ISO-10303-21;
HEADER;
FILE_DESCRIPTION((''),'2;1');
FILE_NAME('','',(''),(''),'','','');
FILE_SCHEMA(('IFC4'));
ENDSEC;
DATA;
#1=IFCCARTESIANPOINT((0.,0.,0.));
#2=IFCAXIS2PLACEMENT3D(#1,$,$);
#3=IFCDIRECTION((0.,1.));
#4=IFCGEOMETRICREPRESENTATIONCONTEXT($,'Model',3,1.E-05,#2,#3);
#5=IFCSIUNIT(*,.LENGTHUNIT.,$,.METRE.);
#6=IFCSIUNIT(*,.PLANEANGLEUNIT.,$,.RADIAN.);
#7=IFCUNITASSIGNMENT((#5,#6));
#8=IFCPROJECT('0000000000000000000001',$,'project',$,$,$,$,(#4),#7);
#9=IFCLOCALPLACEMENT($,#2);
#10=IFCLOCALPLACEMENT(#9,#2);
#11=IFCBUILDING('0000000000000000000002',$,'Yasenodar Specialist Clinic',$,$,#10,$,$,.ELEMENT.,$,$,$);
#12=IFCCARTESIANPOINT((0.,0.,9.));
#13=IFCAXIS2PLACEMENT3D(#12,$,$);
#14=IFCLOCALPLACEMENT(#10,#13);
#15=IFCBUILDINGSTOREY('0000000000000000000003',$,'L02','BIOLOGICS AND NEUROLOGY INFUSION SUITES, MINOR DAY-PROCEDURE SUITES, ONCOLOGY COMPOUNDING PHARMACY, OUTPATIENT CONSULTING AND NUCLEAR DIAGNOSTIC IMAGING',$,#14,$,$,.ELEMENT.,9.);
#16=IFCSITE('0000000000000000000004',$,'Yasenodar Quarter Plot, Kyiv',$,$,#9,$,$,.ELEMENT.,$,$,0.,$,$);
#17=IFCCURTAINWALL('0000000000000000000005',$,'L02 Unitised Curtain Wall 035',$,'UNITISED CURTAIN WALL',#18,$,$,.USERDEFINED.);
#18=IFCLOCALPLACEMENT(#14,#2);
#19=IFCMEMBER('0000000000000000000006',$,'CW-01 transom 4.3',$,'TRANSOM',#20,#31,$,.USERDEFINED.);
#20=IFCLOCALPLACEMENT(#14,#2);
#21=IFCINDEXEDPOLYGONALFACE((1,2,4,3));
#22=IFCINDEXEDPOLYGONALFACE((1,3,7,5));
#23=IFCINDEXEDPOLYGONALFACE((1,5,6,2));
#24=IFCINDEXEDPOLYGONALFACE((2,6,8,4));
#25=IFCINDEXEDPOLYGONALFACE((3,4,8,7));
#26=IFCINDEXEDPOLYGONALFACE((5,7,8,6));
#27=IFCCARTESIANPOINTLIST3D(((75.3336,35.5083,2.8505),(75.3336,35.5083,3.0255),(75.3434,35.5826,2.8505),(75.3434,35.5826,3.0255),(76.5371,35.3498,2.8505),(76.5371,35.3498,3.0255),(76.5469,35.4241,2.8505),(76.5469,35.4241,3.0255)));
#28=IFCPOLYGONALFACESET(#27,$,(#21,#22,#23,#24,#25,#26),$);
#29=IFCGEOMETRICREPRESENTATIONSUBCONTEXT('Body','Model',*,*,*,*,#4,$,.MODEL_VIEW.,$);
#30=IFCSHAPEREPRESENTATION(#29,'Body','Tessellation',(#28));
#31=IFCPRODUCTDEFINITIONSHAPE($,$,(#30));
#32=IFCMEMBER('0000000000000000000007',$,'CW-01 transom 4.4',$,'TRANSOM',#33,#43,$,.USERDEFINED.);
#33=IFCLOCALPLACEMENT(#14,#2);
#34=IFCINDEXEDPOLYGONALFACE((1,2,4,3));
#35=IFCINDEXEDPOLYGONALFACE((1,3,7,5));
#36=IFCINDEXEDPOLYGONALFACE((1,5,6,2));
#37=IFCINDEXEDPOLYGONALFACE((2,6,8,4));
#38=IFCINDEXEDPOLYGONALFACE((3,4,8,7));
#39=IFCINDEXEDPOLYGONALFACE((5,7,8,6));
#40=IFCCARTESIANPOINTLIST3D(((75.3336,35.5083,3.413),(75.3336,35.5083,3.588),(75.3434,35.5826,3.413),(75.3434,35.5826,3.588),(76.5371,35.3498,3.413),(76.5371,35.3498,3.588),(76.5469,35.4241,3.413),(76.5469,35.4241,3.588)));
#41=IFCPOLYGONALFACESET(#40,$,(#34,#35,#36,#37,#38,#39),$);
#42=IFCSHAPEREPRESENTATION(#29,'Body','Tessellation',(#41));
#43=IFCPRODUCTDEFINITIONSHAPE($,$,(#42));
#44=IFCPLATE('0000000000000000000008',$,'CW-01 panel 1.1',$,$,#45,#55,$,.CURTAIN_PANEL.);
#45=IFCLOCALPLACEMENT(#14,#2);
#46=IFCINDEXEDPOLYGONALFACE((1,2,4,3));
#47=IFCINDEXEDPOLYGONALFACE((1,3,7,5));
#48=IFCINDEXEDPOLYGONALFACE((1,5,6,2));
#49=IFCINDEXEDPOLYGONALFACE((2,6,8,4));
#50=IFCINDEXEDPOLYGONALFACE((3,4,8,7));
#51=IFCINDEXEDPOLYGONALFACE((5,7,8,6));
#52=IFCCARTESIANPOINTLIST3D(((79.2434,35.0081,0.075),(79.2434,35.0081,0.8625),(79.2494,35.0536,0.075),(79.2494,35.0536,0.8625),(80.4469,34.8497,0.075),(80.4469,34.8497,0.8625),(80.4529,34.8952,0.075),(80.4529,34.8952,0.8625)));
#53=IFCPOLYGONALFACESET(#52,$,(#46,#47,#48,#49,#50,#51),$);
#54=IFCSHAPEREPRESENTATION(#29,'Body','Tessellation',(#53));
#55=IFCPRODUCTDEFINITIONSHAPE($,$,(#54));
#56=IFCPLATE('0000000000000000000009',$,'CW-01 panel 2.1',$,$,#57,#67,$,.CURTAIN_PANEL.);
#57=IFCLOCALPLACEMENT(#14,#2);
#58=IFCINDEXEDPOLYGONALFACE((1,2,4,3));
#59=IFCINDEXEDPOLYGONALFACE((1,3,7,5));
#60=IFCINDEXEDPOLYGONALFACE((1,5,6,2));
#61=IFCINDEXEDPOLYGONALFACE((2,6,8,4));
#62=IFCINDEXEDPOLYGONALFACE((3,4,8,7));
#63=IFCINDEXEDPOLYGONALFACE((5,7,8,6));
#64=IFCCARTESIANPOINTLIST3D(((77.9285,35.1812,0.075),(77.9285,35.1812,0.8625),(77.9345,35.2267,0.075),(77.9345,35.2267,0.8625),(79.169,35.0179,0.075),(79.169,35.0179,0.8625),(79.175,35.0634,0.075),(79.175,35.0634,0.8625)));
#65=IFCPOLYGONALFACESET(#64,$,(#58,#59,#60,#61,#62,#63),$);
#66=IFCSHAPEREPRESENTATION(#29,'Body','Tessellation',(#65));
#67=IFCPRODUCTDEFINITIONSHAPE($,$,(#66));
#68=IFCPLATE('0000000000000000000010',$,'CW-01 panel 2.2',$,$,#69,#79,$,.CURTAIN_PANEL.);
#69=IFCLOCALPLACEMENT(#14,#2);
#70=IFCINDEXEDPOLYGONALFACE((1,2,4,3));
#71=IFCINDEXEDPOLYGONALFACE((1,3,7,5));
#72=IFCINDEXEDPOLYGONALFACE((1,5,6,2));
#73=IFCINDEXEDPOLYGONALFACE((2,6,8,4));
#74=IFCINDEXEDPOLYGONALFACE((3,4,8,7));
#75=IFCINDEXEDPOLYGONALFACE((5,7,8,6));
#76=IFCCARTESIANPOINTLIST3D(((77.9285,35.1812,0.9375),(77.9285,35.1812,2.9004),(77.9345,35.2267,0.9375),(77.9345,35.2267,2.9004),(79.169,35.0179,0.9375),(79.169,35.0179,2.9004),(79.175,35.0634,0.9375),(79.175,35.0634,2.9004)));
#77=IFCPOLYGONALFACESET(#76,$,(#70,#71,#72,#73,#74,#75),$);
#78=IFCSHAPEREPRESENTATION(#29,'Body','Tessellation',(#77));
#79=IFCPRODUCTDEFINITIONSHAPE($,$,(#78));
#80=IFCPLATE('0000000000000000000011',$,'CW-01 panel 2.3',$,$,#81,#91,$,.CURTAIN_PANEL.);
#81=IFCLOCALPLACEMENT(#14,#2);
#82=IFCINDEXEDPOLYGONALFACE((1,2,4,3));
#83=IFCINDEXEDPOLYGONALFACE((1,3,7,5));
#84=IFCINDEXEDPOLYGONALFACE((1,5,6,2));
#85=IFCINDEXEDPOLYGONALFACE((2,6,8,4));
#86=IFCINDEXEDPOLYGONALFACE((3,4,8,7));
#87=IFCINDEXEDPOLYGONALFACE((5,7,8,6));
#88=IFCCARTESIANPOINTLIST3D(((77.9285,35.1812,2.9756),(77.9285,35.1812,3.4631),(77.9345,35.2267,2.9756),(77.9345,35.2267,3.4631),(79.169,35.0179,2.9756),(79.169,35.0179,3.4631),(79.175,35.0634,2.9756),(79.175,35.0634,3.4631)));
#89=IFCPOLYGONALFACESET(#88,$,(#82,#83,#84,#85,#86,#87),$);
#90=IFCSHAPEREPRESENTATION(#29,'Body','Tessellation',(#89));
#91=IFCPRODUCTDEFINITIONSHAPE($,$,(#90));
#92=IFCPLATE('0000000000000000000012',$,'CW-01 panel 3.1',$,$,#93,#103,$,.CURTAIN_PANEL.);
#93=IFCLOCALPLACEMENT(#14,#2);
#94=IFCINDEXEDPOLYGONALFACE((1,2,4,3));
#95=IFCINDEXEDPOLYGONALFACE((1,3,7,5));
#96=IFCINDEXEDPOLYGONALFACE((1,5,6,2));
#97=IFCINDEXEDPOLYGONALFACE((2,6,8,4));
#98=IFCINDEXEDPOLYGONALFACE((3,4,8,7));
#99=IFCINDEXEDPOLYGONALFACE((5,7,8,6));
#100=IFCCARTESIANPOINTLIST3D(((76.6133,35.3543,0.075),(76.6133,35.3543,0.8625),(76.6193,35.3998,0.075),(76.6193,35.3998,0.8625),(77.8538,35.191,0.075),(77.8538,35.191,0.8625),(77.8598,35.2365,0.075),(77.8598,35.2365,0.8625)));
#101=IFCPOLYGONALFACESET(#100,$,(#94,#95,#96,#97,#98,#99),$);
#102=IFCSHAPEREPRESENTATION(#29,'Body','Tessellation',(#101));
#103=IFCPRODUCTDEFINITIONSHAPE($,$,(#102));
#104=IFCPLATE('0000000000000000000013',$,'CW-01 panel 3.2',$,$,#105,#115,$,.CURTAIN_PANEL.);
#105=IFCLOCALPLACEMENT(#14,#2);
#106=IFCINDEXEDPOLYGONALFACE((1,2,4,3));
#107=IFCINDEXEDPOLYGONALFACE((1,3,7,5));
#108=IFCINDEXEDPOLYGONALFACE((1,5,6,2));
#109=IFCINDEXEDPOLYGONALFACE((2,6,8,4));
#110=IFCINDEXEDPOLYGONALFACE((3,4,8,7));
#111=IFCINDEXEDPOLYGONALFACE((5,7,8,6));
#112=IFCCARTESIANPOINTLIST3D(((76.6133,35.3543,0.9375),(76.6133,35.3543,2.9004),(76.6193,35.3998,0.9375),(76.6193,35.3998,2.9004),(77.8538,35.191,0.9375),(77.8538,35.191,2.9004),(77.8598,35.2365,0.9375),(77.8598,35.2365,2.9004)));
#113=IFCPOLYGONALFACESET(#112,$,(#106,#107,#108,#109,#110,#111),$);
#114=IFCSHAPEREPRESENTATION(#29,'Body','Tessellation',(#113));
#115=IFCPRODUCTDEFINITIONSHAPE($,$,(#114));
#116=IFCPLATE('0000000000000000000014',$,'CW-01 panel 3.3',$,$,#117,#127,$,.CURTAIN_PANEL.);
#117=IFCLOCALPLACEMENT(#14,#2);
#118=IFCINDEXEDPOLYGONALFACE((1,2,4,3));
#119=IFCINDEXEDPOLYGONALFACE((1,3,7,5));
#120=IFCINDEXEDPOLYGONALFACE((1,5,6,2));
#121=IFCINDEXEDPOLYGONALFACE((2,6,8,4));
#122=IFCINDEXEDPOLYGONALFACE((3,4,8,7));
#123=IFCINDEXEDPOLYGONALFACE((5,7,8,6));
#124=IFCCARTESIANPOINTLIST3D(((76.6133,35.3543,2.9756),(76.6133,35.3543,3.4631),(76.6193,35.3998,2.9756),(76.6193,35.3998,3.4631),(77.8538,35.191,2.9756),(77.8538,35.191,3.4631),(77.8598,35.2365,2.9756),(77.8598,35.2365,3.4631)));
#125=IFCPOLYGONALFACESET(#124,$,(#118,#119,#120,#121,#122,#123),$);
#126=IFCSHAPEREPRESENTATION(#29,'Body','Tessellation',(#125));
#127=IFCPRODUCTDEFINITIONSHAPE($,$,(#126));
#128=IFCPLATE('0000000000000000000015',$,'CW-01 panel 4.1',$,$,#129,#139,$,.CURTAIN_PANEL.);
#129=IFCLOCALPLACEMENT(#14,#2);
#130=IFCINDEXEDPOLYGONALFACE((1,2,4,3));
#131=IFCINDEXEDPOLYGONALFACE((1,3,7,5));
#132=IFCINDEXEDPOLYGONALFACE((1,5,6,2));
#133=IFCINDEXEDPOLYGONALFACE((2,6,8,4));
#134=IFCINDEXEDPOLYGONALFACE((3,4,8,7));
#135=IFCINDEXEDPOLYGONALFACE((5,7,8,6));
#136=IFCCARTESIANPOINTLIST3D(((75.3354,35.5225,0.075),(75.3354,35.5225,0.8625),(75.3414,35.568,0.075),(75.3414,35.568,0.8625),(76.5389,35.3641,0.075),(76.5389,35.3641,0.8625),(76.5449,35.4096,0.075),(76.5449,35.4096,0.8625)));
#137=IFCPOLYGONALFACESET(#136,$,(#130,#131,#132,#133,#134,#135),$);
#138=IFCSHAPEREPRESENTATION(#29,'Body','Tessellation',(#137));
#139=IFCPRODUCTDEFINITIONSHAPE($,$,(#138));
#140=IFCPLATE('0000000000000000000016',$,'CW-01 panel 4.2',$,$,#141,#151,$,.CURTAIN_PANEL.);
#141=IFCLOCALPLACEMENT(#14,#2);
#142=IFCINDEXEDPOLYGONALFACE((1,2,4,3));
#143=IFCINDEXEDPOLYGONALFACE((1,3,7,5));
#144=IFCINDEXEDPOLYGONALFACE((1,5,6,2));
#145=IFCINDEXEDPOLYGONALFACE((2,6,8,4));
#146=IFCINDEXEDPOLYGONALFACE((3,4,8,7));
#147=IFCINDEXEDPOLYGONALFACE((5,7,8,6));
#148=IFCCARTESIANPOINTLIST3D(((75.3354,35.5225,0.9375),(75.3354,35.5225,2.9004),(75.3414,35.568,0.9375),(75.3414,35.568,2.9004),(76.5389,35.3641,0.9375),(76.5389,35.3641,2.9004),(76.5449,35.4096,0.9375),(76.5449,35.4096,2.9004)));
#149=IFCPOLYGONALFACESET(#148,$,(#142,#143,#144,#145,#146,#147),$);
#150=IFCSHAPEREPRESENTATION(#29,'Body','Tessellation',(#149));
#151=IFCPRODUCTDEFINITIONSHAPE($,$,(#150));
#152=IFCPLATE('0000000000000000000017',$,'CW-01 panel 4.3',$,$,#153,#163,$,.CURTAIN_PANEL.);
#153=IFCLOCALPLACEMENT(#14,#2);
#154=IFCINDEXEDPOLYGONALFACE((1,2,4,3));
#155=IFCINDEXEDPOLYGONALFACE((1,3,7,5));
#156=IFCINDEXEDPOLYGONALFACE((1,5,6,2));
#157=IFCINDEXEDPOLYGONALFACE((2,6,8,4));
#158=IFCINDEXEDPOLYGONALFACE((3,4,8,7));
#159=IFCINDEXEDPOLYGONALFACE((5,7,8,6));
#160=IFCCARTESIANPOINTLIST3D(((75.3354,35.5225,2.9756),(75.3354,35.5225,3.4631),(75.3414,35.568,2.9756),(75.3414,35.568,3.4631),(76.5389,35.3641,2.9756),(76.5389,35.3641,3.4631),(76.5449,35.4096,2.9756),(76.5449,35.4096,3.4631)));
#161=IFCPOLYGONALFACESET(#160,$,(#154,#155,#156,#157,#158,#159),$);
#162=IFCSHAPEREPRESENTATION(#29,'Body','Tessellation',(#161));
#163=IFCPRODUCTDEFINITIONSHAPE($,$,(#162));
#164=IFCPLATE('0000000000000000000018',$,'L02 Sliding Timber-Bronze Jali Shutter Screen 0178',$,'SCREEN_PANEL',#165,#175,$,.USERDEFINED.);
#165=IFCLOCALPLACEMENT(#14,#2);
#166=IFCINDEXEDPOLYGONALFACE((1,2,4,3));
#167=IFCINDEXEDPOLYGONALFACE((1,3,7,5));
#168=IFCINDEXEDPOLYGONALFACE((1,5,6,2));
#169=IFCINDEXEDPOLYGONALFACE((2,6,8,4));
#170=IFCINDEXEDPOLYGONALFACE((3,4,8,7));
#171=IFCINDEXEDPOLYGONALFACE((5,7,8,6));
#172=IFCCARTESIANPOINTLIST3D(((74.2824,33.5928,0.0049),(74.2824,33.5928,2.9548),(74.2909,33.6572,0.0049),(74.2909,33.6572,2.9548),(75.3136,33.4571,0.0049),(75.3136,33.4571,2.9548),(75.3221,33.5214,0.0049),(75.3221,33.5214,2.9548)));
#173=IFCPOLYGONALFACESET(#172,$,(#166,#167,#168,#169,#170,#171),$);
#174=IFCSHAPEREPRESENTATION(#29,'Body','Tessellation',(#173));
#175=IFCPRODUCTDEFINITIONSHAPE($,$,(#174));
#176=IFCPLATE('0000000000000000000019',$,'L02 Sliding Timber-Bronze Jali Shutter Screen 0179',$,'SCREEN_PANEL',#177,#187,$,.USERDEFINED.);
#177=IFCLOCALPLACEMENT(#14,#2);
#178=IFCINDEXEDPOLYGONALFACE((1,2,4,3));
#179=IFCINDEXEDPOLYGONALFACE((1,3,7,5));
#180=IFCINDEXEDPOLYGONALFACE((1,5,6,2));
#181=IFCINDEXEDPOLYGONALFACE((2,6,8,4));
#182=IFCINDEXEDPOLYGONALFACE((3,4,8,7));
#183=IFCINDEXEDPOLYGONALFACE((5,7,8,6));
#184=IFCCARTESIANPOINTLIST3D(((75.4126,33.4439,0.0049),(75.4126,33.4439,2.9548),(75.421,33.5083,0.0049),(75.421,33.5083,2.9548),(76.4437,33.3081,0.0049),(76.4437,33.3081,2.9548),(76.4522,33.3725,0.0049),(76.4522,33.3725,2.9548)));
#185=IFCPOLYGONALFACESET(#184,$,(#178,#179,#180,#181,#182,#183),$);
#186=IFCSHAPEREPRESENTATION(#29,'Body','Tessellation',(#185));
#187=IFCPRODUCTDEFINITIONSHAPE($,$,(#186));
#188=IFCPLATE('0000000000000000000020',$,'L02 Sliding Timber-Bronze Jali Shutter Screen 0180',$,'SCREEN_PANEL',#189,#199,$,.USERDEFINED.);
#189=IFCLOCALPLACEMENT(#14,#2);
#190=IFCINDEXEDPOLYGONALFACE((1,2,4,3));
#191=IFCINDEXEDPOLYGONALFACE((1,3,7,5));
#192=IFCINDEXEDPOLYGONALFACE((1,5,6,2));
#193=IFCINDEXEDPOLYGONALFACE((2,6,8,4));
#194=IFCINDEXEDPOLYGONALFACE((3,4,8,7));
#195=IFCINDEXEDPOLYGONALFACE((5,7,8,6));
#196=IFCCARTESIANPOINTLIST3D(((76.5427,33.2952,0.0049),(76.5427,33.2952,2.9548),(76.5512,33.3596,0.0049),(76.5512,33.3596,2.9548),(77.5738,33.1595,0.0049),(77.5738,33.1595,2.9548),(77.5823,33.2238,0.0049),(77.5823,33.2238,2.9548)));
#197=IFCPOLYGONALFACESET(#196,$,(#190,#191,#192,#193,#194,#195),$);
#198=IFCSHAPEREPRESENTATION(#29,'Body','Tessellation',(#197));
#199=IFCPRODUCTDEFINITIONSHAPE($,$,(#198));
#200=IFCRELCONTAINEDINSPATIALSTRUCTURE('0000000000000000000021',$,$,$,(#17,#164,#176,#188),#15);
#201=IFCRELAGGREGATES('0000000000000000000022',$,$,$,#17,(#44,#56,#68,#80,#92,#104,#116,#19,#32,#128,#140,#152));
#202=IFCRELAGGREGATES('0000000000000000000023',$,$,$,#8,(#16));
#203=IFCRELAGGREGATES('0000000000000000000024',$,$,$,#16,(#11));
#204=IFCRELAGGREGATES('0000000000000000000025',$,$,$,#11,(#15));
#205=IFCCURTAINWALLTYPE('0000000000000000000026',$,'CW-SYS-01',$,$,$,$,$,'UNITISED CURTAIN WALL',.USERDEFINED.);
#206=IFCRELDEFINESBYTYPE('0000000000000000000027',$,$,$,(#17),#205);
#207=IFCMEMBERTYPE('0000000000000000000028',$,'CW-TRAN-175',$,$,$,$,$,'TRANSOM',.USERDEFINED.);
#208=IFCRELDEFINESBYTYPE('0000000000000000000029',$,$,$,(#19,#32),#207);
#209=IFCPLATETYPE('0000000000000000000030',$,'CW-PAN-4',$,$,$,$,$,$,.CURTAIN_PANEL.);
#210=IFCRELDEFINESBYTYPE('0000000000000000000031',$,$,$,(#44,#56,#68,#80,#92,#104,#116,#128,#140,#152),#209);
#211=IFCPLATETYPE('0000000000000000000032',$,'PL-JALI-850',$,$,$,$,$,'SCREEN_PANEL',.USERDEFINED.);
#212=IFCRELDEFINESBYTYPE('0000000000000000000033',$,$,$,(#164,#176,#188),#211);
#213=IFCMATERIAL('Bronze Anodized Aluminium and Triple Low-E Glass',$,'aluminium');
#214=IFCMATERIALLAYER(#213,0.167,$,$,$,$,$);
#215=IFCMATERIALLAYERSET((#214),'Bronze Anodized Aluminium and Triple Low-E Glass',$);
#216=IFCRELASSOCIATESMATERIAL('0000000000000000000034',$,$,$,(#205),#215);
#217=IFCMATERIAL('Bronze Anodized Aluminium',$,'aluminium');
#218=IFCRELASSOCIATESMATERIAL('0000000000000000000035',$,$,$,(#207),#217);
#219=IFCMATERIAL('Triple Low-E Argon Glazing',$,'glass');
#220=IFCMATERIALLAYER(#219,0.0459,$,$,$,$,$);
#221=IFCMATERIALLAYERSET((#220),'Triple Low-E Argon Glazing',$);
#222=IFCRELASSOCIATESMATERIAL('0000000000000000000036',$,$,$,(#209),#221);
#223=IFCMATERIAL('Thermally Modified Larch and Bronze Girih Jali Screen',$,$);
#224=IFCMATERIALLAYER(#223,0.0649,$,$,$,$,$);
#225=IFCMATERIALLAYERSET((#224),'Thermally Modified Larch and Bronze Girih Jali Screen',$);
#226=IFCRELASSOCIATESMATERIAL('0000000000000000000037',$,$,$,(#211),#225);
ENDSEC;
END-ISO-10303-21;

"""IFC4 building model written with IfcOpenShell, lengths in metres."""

from ifc_helpers import new_model, si_unit, direction, frame, origin, origin_2d, place, context, subcontext, project, spatial, rectangle, extrude, material, layer, layer_set, material_profile, profile_set, type_object, element, aggregate, save


model = new_model("IFC4")

# Units and contexts
model_context = context("Model", 3, precision=1e-05, world=origin(), true_north=direction((0.0, 1.0)))
body_context = subcontext(model_context, "Body", "Model", "MODEL_VIEW")
ifc_project = project(units=[si_unit("LENGTHUNIT", "METRE"), si_unit("PLANEANGLEUNIT", "RADIAN")], contexts=[model_context])

# Site, building, storey
site_placement = place(None, origin())
site = spatial("IfcSite", under=ifc_project, at=site_placement, Name="Yasenodar Quarter Plot, Kyiv", CompositionType="ELEMENT", RefElevation=0.0)
building_placement = place(site_placement, origin())
building = spatial("IfcBuilding", under=site, at=building_placement, Name="Yasenodar Specialist Clinic", CompositionType="ELEMENT")
storey_placement = place(building_placement, frame((0.0, 0.0, 9.0)))
storey = spatial("IfcBuildingStorey", under=building, at=storey_placement, Name="L02", Description="BIOLOGICS AND NEUROLOGY INFUSION SUITES, MINOR DAY-PROCEDURE SUITES, ONCOLOGY COMPOUNDING PHARMACY, OUTPATIENT CONSULTING AND NUCLEAR DIAGNOSTIC IMAGING", CompositionType="ELEMENT", Elevation=9.0)

# Curtain wall, members, plates
ifc_material_1 = material(Name="Bronze Anodized Aluminium and Triple Low-E Glass", Category="aluminium")
ifc_layer_1 = layer(ifc_material_1, 0.167)
ifc_layer_set_1 = layer_set([ifc_layer_1], Name="Bronze Anodized Aluminium and Triple Low-E Glass")
curtain_wall_type = type_object("IfcCurtainWallType", Name="CW-SYS-01", ElementType="UNITISED CURTAIN WALL", PredefinedType="USERDEFINED", material=ifc_layer_set_1)
curtain_wall_placement = place(storey_placement, origin())
curtain_wall = element("IfcCurtainWall", 1, at=curtain_wall_placement, inside=storey, type_object=curtain_wall_type, Name="L02 Unitised Curtain Wall 035", ObjectType="UNITISED CURTAIN WALL", PredefinedType="USERDEFINED")
ifc_material_2 = material(Name="Bronze Anodized Aluminium", Category="aluminium")
ifc_material_profile_1 = material_profile(ifc_material_2, rectangle(XDim=0.075, YDim=0.175, at=origin_2d()), Name="CW-TRAN 75x175")
ifc_profile_set_1 = profile_set([ifc_material_profile_1], Name="Bronze Anodized Aluminium")
member_type_1 = type_object("IfcMemberType", Name="CW-TRAN-175", ElementType="TRANSOM", PredefinedType="USERDEFINED", material=ifc_profile_set_1)
member_1_placement = place(storey_placement, frame((76.542, 35.387, 2.938), z_axis=(-0.991443, 0.130543, 0.0), x_axis=(-0.130543, -0.991443, 0.0)))
member_1 = element("IfcMember", 2, at=member_1_placement, type_object=member_type_1, Name="CW-01 transom 4.3", ObjectType="TRANSOM", PredefinedType="USERDEFINED", context=body_context, shape_type="SweptSolid", body=[
    extrude(rectangle(XDim=0.075, YDim=0.175, at=origin_2d()), origin(), (0.0, 0.0, 1.0), 1.2139),
])
member_2_placement = place(storey_placement, frame((76.542, 35.387, 3.5005), z_axis=(-0.991443, 0.130543, 0.0), x_axis=(-0.130543, -0.991443, 0.0)))
member_2 = element("IfcMember", 3, at=member_2_placement, type_object=member_type_1, Name="CW-01 transom 4.4", ObjectType="TRANSOM", PredefinedType="USERDEFINED", context=body_context, shape_type="SweptSolid", body=[
    extrude(rectangle(XDim=0.075, YDim=0.175, at=origin_2d()), origin(), (0.0, 0.0, 1.0), 1.2139),
])
ifc_material_3 = material(Name="Triple Low-E Argon Glazing", Category="glass")
ifc_layer_2 = layer(ifc_material_3, 0.0459)
ifc_layer_set_2 = layer_set([ifc_layer_2], Name="Triple Low-E Argon Glazing")
plate_type_1 = type_object("IfcPlateType", Name="CW-PAN-4", PredefinedType="CURTAIN_PANEL", material=ifc_layer_set_2)
plate_1_placement = place(storey_placement, frame((79.8481, 34.9517, 0.075), z_axis=(0.0, 0.0, 1.0), x_axis=(-0.991447, 0.130512, 0.0)))
plate_1 = element("IfcPlate", 4, at=plate_1_placement, type_object=plate_type_1, Name="CW-01 panel 1.1", PredefinedType="CURTAIN_PANEL", context=body_context, shape_type="SweptSolid", body=[
    extrude(rectangle(XDim=1.2139, YDim=0.0459, at=origin_2d()), origin(), (0.0, 0.0, 1.0), 0.7876),
])
plate_2_placement = place(storey_placement, frame((78.5518, 35.1223, 0.075), z_axis=(0.0, 0.0, 1.0), x_axis=(-0.991447, 0.130512, 0.0)))
plate_2 = element("IfcPlate", 5, at=plate_2_placement, type_object=plate_type_1, Name="CW-01 panel 2.1", PredefinedType="CURTAIN_PANEL", context=body_context, shape_type="SweptSolid", body=[
    extrude(rectangle(XDim=1.2512, YDim=0.0459, at=origin_2d()), origin(), (0.0, 0.0, 1.0), 0.7876),
])
plate_3_placement = place(storey_placement, frame((78.5518, 35.1223, 0.9375), z_axis=(0.0, 0.0, 1.0), x_axis=(-0.991447, 0.130512, 0.0)))
plate_3 = element("IfcPlate", 6, at=plate_3_placement, type_object=plate_type_1, Name="CW-01 panel 2.2", PredefinedType="CURTAIN_PANEL", context=body_context, shape_type="SweptSolid", body=[
    extrude(rectangle(XDim=1.2512, YDim=0.0459, at=origin_2d()), origin(), (0.0, 0.0, 1.0), 1.9629),
])
plate_4_placement = place(storey_placement, frame((78.5518, 35.1223, 2.9756), z_axis=(0.0, 0.0, 1.0), x_axis=(-0.991447, 0.130512, 0.0)))
plate_4 = element("IfcPlate", 7, at=plate_4_placement, type_object=plate_type_1, Name="CW-01 panel 2.3", PredefinedType="CURTAIN_PANEL", context=body_context, shape_type="SweptSolid", body=[
    extrude(rectangle(XDim=1.2512, YDim=0.0459, at=origin_2d()), origin(), (0.0, 0.0, 1.0), 0.4875),
])
plate_5_placement = place(storey_placement, frame((77.2366, 35.2954, 0.075), z_axis=(0.0, 0.0, 1.0), x_axis=(-0.991447, 0.130512, 0.0)))
plate_5 = element("IfcPlate", 8, at=plate_5_placement, type_object=plate_type_1, Name="CW-01 panel 3.1", PredefinedType="CURTAIN_PANEL", context=body_context, shape_type="SweptSolid", body=[
    extrude(rectangle(XDim=1.2512, YDim=0.0459, at=origin_2d()), origin(), (0.0, 0.0, 1.0), 0.7876),
])
plate_6_placement = place(storey_placement, frame((77.2366, 35.2954, 0.9375), z_axis=(0.0, 0.0, 1.0), x_axis=(-0.991447, 0.130512, 0.0)))
plate_6 = element("IfcPlate", 9, at=plate_6_placement, type_object=plate_type_1, Name="CW-01 panel 3.2", PredefinedType="CURTAIN_PANEL", context=body_context, shape_type="SweptSolid", body=[
    extrude(rectangle(XDim=1.2512, YDim=0.0459, at=origin_2d()), origin(), (0.0, 0.0, 1.0), 1.9629),
])
plate_7_placement = place(storey_placement, frame((77.2366, 35.2954, 2.9756), z_axis=(0.0, 0.0, 1.0), x_axis=(-0.991447, 0.130512, 0.0)))
plate_7 = element("IfcPlate", 10, at=plate_7_placement, type_object=plate_type_1, Name="CW-01 panel 3.3", PredefinedType="CURTAIN_PANEL", context=body_context, shape_type="SweptSolid", body=[
    extrude(rectangle(XDim=1.2512, YDim=0.0459, at=origin_2d()), origin(), (0.0, 0.0, 1.0), 0.4875),
])
plate_8_placement = place(storey_placement, frame((75.9402, 35.4661, 0.075), z_axis=(0.0, 0.0, 1.0), x_axis=(-0.991447, 0.130512, 0.0)))
plate_8 = element("IfcPlate", 11, at=plate_8_placement, type_object=plate_type_1, Name="CW-01 panel 4.1", PredefinedType="CURTAIN_PANEL", context=body_context, shape_type="SweptSolid", body=[
    extrude(rectangle(XDim=1.2139, YDim=0.0459, at=origin_2d()), origin(), (0.0, 0.0, 1.0), 0.7876),
])
plate_9_placement = place(storey_placement, frame((75.9402, 35.4661, 0.9375), z_axis=(0.0, 0.0, 1.0), x_axis=(-0.991447, 0.130512, 0.0)))
plate_9 = element("IfcPlate", 12, at=plate_9_placement, type_object=plate_type_1, Name="CW-01 panel 4.2", PredefinedType="CURTAIN_PANEL", context=body_context, shape_type="SweptSolid", body=[
    extrude(rectangle(XDim=1.2139, YDim=0.0459, at=origin_2d()), origin(), (0.0, 0.0, 1.0), 1.9629),
])
plate_10_placement = place(storey_placement, frame((75.9402, 35.4661, 2.9756), z_axis=(0.0, 0.0, 1.0), x_axis=(-0.991447, 0.130512, 0.0)))
plate_10 = element("IfcPlate", 13, at=plate_10_placement, type_object=plate_type_1, Name="CW-01 panel 4.3", PredefinedType="CURTAIN_PANEL", context=body_context, shape_type="SweptSolid", body=[
    extrude(rectangle(XDim=1.2139, YDim=0.0459, at=origin_2d()), origin(), (0.0, 0.0, 1.0), 0.4875),
])
aggregate(curtain_wall, [plate_1, plate_2, plate_3, plate_4, plate_5, plate_6, plate_7, member_1, member_2, plate_8, plate_9, plate_10])

# Plates
ifc_material_4 = material(Name="Thermally Modified Larch and Bronze Girih Jali Screen")
ifc_layer_3 = layer(ifc_material_4, 0.0649)
ifc_layer_set_3 = layer_set([ifc_layer_3], Name="Thermally Modified Larch and Bronze Girih Jali Screen")
plate_type_2 = type_object("IfcPlateType", Name="PL-JALI-850", ElementType="SCREEN_PANEL", PredefinedType="USERDEFINED", material=ifc_layer_set_3)
for number, where, z_axis, x_axis, name in (
    (14, (74.8022, 33.5571, 0.0049), (0.0, 0.0, 1.0), (0.991446, -0.130519, 0.0), "L02 Sliding Timber-Bronze Jali Shutter Screen 0178"),
    (15, (75.9324, 33.4082, 0.0049), (0.0, 0.0, 1.0), (0.991446, -0.130519, 0.0), "L02 Sliding Timber-Bronze Jali Shutter Screen 0179"),
    (16, (77.0625, 33.2595, 0.0049), (0.0, 0.0, 1.0), (0.991446, -0.130519, 0.0), "L02 Sliding Timber-Bronze Jali Shutter Screen 0180"),
):
    element("IfcPlate", number, at=place(storey_placement, frame(where, z_axis=z_axis, x_axis=x_axis)), inside=storey, type_object=plate_type_2, Name=name, ObjectType="SCREEN_PANEL", PredefinedType="USERDEFINED", context=body_context, shape_type="SweptSolid", body=[
        extrude(rectangle(XDim=1.04, YDim=0.0649, at=origin_2d()), origin(), (0.0, 0.0, 1.0), 2.95),
    ])

save(model, "model.ifc")
